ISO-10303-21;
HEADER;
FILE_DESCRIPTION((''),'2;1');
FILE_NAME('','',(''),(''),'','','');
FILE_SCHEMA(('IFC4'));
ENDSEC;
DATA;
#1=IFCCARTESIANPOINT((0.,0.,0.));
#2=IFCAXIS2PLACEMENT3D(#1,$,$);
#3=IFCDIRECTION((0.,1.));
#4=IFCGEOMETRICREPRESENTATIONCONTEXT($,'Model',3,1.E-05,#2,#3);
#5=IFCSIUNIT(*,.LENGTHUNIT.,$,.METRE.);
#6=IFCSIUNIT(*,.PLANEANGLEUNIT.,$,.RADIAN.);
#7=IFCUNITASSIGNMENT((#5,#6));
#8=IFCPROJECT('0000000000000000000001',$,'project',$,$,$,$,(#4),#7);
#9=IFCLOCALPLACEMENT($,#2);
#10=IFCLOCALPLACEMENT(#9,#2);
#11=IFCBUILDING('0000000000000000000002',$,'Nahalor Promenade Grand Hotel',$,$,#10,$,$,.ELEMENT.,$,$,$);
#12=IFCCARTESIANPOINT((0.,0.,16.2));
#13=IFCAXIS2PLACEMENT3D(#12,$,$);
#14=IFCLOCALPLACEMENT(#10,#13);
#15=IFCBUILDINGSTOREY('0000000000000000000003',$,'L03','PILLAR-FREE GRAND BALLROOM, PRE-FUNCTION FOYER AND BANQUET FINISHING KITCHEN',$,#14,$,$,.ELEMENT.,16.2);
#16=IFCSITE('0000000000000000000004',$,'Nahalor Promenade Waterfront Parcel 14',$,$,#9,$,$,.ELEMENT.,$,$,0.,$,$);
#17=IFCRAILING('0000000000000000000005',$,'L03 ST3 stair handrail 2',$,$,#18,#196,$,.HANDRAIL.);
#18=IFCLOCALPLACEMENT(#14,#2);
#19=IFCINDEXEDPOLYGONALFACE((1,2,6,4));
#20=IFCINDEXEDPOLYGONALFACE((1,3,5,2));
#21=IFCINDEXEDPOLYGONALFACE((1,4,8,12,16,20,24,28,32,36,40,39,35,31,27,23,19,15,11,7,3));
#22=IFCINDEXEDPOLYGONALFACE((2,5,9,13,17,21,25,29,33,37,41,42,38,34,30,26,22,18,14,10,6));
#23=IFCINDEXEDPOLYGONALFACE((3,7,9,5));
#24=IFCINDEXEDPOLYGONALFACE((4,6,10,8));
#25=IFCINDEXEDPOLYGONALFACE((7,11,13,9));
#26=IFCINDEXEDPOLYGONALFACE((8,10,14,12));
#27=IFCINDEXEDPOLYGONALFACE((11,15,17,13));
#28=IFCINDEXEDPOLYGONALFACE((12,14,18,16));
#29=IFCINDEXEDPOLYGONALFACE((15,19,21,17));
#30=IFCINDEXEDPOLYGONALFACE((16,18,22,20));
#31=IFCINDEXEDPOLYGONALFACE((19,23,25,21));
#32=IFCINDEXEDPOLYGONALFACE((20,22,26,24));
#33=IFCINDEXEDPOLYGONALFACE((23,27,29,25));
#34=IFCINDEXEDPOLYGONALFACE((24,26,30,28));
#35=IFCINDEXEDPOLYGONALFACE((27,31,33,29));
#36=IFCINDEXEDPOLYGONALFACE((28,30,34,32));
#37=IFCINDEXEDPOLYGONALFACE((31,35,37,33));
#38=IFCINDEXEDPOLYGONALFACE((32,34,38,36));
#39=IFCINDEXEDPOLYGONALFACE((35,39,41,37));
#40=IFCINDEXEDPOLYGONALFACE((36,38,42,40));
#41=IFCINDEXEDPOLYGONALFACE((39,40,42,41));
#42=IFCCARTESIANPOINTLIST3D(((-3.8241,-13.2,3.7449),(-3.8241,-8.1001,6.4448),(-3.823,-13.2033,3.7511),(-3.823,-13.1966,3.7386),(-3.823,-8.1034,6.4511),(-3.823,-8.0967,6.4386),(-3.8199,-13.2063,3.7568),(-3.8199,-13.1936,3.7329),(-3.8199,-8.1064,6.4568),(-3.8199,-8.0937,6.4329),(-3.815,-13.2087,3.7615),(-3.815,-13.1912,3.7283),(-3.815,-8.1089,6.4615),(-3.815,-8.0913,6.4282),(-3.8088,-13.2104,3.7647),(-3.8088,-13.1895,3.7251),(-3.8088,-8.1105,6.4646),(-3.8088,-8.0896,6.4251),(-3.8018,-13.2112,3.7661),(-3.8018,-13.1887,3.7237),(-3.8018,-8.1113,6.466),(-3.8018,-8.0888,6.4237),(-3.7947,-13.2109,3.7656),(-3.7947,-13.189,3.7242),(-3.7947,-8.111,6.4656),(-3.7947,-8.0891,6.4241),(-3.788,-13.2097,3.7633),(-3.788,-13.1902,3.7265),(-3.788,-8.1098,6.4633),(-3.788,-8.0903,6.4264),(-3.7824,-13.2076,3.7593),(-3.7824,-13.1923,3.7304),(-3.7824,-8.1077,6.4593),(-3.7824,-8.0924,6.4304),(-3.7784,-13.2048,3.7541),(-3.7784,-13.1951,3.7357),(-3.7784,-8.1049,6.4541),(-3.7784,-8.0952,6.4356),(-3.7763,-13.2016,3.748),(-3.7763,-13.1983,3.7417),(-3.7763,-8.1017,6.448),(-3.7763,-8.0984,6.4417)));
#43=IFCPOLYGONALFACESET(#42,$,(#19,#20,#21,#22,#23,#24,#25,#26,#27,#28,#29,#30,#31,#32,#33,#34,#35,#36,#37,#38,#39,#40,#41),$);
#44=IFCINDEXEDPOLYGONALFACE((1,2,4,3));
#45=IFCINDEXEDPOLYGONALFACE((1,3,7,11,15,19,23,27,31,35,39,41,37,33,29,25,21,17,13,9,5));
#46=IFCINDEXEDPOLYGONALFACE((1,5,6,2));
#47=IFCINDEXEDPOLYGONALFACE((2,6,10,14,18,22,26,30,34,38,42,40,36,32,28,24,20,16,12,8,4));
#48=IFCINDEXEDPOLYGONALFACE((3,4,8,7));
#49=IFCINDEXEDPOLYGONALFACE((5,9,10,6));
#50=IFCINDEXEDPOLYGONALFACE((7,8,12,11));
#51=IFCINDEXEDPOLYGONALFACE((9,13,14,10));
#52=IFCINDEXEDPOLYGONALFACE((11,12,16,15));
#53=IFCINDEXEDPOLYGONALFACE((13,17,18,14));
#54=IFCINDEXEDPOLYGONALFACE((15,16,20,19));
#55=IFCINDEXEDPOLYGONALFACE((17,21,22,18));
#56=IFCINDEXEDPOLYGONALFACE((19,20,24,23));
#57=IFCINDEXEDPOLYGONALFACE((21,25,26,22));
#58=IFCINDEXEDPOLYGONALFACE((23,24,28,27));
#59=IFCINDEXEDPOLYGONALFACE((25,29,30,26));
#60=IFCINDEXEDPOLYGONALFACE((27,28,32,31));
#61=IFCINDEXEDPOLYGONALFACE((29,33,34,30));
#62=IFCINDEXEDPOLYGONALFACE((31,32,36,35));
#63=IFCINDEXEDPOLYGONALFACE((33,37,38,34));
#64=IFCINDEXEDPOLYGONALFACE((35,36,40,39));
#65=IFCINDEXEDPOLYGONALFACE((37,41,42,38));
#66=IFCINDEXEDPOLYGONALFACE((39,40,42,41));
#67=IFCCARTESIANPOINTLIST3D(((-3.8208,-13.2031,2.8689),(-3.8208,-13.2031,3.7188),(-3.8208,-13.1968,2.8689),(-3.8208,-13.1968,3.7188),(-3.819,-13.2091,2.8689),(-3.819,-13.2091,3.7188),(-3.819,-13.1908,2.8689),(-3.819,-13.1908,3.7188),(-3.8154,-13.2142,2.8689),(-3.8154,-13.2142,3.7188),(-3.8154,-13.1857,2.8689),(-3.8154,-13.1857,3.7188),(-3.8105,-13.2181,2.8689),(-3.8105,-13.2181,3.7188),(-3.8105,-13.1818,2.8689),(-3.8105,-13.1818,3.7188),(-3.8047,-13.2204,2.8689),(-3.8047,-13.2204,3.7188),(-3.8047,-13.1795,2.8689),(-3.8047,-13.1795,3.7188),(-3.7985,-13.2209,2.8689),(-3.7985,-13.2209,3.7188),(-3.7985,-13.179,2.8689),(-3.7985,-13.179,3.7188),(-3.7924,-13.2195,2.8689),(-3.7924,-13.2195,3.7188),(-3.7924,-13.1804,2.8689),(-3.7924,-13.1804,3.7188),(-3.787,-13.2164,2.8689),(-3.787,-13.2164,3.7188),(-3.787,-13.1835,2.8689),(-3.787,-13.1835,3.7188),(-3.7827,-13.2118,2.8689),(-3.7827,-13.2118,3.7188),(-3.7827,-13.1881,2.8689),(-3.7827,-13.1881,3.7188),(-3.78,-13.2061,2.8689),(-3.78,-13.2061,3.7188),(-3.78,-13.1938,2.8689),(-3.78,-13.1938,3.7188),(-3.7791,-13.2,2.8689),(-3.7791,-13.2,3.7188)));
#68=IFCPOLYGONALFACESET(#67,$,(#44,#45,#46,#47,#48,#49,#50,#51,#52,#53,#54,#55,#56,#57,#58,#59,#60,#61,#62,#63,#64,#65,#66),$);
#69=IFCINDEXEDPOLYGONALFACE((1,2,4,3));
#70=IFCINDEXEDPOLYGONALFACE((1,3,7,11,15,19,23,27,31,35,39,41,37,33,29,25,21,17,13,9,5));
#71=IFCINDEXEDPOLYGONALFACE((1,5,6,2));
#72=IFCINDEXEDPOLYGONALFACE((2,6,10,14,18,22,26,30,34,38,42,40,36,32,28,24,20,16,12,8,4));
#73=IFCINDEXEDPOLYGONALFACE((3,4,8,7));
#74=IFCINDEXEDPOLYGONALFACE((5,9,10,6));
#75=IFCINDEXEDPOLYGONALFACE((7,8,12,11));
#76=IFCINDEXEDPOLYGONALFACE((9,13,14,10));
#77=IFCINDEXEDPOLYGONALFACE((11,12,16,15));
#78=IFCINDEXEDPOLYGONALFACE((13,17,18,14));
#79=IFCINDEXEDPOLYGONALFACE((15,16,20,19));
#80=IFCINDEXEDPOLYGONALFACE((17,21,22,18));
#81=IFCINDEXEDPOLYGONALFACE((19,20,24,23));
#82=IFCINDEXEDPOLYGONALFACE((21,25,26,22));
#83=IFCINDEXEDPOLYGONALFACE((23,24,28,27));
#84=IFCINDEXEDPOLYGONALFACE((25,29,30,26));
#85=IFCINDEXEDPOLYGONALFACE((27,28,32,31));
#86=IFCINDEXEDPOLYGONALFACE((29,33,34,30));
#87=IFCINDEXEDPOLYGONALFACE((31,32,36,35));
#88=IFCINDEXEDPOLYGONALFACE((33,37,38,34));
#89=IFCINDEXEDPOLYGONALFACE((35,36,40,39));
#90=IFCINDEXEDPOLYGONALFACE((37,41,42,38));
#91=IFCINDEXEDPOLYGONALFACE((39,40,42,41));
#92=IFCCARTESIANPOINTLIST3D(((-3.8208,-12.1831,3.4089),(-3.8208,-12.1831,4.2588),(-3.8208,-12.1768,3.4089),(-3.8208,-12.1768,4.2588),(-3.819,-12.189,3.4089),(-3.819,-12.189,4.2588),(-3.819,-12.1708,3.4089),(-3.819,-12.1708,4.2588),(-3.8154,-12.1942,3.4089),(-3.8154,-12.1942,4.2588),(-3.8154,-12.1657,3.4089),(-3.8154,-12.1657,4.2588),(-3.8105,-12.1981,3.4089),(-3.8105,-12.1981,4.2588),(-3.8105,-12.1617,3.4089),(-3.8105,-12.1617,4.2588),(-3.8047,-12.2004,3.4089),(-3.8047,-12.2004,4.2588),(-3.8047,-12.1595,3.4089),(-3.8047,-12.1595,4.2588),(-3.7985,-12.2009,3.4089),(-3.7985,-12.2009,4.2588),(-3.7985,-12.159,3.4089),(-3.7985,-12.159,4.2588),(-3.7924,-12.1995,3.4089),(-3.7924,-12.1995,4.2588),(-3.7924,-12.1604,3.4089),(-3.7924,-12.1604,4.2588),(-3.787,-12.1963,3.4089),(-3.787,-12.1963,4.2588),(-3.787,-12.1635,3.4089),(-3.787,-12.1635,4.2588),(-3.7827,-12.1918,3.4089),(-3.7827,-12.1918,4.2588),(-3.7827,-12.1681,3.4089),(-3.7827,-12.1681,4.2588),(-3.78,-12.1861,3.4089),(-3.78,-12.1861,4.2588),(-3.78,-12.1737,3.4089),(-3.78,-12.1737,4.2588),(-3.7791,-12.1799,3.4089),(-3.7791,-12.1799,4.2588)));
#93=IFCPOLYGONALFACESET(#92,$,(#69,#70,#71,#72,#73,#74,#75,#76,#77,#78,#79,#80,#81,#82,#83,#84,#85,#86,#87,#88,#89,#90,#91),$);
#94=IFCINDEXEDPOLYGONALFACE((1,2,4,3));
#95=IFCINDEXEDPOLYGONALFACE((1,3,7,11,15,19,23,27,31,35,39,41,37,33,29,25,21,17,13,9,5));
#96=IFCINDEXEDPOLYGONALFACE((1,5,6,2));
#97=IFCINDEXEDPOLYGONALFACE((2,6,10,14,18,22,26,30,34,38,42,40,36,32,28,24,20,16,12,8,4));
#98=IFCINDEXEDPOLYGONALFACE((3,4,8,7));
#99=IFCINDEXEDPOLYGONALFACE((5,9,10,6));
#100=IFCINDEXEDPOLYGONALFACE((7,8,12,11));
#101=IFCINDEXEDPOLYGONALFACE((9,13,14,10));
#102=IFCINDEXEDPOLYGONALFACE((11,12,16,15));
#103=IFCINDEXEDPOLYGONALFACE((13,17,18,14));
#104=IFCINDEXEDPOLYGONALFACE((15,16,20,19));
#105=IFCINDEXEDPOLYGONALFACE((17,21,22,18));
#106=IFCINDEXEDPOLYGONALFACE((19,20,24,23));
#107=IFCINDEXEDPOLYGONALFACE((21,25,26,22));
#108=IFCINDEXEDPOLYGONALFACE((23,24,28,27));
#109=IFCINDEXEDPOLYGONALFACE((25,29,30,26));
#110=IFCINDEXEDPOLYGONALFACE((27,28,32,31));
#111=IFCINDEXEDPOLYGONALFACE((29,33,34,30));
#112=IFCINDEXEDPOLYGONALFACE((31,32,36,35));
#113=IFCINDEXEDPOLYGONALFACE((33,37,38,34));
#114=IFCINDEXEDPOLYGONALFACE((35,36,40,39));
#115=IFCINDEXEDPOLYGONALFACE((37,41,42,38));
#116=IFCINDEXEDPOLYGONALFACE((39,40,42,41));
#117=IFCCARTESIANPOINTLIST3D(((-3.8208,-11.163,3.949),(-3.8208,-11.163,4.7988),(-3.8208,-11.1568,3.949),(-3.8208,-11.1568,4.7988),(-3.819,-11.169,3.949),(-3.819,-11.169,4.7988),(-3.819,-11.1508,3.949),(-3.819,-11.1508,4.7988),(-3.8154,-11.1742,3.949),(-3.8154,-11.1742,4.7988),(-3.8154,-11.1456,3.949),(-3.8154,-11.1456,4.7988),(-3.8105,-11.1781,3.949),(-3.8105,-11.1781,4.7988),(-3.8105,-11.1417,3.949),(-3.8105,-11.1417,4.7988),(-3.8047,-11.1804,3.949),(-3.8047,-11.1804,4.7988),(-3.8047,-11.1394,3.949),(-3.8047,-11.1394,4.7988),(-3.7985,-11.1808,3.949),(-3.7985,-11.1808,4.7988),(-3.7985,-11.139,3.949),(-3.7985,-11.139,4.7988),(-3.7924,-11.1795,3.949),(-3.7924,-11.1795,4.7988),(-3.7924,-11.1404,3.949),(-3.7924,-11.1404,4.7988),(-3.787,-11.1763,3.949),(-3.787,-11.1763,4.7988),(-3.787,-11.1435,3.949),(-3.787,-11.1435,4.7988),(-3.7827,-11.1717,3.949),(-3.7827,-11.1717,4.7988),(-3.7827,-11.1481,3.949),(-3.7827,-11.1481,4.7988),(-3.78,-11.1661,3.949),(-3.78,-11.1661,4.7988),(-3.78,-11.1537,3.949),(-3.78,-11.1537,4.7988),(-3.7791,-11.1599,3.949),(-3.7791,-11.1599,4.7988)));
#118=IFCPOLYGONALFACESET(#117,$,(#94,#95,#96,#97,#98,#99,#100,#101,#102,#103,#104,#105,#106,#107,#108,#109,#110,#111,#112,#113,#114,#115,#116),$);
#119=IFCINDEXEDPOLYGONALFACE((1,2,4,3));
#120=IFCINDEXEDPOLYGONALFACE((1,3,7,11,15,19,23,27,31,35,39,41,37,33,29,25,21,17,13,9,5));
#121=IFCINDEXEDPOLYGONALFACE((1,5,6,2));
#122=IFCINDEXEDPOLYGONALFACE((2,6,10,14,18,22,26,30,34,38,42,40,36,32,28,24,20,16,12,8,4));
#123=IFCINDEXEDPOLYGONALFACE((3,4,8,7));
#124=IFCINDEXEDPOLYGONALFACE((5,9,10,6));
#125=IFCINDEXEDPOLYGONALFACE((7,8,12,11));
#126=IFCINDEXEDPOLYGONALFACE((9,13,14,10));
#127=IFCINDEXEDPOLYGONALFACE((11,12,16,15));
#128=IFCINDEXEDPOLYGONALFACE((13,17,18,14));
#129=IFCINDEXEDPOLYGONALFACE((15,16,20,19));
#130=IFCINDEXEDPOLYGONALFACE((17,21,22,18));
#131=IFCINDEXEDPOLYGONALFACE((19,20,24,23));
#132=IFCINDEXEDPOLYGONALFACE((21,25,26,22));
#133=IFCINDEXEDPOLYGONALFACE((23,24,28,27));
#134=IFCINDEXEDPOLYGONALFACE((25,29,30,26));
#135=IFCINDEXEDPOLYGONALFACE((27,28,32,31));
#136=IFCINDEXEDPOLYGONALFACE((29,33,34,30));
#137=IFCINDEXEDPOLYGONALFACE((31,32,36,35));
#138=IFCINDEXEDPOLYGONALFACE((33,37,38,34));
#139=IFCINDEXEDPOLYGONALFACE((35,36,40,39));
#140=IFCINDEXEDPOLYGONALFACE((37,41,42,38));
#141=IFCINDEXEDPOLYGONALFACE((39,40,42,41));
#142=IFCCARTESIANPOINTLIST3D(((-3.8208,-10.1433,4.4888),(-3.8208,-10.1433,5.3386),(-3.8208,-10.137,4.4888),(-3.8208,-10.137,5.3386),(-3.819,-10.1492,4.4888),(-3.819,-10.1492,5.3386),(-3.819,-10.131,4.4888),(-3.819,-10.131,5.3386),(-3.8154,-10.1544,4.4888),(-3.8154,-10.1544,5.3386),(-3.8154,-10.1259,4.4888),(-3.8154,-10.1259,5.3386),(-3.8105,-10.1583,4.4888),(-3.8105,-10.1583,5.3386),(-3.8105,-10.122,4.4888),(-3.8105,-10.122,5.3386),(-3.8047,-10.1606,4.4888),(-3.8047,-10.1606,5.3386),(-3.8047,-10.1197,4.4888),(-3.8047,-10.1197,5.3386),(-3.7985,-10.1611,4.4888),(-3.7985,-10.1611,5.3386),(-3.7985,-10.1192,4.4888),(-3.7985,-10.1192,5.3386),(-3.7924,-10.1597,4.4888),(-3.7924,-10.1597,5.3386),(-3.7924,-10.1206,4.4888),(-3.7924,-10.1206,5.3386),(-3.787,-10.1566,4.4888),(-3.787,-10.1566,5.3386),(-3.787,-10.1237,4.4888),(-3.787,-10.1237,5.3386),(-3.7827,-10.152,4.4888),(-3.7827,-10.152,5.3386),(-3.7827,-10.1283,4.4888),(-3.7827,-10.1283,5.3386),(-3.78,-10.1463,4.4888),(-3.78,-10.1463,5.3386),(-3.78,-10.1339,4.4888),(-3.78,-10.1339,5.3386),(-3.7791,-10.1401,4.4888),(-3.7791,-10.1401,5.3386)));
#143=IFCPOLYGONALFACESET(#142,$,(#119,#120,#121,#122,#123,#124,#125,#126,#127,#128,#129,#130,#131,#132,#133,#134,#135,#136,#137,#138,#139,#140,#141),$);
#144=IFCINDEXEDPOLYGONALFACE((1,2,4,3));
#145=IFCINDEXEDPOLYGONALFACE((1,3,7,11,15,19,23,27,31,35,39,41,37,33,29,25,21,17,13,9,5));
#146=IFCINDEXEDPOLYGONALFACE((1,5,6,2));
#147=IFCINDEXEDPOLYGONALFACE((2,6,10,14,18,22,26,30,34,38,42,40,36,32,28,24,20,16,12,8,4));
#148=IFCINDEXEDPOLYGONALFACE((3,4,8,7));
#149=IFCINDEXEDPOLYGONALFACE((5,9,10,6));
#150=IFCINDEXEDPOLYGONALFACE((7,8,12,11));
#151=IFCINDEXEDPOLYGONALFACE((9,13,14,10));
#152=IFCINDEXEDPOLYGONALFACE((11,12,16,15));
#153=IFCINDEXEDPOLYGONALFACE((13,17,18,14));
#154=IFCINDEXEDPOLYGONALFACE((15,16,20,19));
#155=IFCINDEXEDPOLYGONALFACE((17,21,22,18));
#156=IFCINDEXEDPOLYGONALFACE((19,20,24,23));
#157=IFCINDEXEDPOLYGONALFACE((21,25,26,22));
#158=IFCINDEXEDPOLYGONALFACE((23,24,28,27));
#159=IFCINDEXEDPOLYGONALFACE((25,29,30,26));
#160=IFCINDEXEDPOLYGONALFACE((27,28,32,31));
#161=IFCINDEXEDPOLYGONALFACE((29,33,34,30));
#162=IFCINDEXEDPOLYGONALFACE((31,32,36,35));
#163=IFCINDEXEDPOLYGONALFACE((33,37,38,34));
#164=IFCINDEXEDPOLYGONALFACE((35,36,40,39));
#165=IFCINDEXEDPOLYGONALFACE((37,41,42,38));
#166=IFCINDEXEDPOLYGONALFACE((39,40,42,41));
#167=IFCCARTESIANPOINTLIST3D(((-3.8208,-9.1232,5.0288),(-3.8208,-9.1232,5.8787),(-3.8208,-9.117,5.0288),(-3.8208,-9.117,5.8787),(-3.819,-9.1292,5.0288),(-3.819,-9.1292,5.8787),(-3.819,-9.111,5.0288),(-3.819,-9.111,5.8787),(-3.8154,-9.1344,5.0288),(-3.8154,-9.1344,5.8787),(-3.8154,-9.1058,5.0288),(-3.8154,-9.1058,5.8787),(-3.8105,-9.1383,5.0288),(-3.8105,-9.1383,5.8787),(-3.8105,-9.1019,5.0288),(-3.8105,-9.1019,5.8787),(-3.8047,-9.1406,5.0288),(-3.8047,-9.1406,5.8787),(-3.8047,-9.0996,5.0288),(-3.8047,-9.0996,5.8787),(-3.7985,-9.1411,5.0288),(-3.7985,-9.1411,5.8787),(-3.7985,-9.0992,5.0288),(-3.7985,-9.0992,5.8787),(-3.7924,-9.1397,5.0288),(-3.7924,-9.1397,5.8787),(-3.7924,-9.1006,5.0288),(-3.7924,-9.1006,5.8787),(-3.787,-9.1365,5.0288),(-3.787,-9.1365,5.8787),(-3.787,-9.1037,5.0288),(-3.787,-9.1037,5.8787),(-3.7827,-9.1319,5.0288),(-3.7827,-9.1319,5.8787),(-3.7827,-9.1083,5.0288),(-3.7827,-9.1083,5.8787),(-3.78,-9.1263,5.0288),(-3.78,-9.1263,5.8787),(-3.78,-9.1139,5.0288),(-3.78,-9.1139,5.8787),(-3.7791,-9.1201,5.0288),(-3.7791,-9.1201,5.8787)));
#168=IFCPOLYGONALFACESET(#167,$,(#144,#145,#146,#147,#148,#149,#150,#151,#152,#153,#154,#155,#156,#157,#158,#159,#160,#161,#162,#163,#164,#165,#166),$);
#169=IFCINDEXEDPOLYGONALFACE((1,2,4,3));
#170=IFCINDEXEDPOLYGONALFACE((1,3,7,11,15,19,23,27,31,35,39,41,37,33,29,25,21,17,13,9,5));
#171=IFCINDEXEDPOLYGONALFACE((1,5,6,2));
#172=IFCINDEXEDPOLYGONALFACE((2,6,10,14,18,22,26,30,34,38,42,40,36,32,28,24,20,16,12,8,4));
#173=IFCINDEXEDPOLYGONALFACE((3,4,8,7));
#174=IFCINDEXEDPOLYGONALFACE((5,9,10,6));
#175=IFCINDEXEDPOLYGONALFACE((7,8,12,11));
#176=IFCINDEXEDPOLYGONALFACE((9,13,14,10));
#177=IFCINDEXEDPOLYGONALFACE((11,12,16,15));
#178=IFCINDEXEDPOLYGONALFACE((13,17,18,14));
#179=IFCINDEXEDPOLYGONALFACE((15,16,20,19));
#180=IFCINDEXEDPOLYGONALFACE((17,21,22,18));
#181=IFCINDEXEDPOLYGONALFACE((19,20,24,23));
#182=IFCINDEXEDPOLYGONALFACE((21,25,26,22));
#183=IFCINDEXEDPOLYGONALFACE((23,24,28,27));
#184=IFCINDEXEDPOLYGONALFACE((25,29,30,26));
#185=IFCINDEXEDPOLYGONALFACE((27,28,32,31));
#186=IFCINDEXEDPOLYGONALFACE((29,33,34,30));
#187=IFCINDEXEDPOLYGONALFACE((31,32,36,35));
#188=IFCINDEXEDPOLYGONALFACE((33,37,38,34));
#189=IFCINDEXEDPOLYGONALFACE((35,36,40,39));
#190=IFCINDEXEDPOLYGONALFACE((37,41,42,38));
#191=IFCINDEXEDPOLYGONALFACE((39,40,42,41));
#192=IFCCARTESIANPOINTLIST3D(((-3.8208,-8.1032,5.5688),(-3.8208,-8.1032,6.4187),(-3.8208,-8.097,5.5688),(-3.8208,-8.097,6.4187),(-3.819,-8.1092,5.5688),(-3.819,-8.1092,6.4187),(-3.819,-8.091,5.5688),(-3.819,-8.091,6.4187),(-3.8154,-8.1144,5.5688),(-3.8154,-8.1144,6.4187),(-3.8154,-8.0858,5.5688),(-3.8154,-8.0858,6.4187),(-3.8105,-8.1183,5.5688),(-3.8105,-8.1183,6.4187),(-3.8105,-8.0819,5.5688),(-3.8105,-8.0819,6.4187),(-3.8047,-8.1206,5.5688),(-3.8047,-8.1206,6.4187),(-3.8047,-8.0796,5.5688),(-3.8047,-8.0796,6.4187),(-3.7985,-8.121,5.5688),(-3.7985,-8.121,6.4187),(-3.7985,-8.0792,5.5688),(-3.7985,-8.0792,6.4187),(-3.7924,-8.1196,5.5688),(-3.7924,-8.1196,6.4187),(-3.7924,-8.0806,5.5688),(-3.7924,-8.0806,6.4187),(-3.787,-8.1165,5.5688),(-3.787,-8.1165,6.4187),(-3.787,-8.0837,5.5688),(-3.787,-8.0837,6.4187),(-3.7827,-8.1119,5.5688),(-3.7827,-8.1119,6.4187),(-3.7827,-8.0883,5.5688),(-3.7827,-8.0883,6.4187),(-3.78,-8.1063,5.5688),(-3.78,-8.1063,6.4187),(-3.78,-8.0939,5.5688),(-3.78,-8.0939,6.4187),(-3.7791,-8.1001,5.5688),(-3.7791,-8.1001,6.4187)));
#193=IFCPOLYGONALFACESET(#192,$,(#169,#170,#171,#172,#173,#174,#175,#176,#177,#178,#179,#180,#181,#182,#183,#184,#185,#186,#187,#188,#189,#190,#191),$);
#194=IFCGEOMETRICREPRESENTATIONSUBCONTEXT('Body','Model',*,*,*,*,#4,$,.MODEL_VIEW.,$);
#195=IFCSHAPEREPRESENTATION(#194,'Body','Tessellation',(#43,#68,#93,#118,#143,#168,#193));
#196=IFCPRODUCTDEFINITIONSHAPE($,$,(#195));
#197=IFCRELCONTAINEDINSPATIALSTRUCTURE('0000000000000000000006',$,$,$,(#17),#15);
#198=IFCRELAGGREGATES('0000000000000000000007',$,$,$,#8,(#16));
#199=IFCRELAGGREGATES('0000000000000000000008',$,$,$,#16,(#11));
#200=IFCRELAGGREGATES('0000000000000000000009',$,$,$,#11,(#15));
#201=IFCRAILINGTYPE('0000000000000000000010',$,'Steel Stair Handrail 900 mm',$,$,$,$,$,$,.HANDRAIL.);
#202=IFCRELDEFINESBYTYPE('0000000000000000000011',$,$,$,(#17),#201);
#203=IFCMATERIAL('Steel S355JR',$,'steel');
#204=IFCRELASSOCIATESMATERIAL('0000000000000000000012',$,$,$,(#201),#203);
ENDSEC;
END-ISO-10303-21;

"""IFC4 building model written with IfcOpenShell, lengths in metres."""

from ifc_helpers import new_model, si_unit, direction, frame, origin, origin_2d, place, context, subcontext, project, spatial, circle, extrude, material, type_object, element, save


model = new_model("IFC4")

# Units and contexts
model_context = context("Model", 3, precision=1e-05, world=origin(), true_north=direction((0.0, 1.0)))
body_context = subcontext(model_context, "Body", "Model", "MODEL_VIEW")
ifc_project = project(units=[si_unit("LENGTHUNIT", "METRE"), si_unit("PLANEANGLEUNIT", "RADIAN")], contexts=[model_context])

# Site, building, storey
site_placement = place(None, origin())
site = spatial("IfcSite", under=ifc_project, at=site_placement, Name="Nahalor Promenade Waterfront Parcel 14", CompositionType="ELEMENT", RefElevation=0.0)
building_placement = place(site_placement, origin())
building = spatial("IfcBuilding", under=site, at=building_placement, Name="Nahalor Promenade Grand Hotel", CompositionType="ELEMENT")
storey_placement = place(building_placement, frame((0.0, 0.0, 16.2)))
storey = spatial("IfcBuildingStorey", under=building, at=storey_placement, Name="L03", Description="PILLAR-FREE GRAND BALLROOM, PRE-FUNCTION FOYER AND BANQUET FINISHING KITCHEN", CompositionType="ELEMENT", Elevation=16.2)

# Shared definitions
ifc_material_1 = material(Name="Steel S355JR", Category="steel")

# Railing
railing_type_1 = type_object("IfcRailingType", Name="Steel Stair Handrail 900 mm", PredefinedType="HANDRAIL", material=ifc_material_1)
railing_1_placement = place(storey_placement, frame((-3.8, -13.2, 2.8689)))
element("IfcRailing", 1, at=railing_1_placement, inside=storey, type_object=railing_type_1, Name="L03 ST3 stair handrail 2", PredefinedType="HANDRAIL", context=body_context, shape_type="SweptSolid", body=[
    extrude(circle(Radius=0.024, at=origin_2d()), frame((0.0, 0.0, 0.876), z_axis=(0.0, 0.883786, 0.467892), x_axis=(-1.0, 0.0, 0.0)), (0.0, 0.0, 1.0), 5.7705),
    extrude(circle(Radius=0.021, at=origin_2d()), origin(), (0.0, 0.0, 1.0), 0.8499),
    extrude(circle(Radius=0.021, at=origin_2d()), frame((0.0, 1.02, 0.54)), (0.0, 0.0, 1.0), 0.8499),
    extrude(circle(Radius=0.021, at=origin_2d()), frame((0.0, 2.04, 1.0801)), (0.0, 0.0, 1.0), 0.8499),
    extrude(circle(Radius=0.021, at=origin_2d()), frame((0.0, 3.0598, 1.6199)), (0.0, 0.0, 1.0), 0.8499),
    extrude(circle(Radius=0.021, at=origin_2d()), frame((0.0, 4.0798, 2.1599)), (0.0, 0.0, 1.0), 0.8499),
    extrude(circle(Radius=0.021, at=origin_2d()), frame((0.0, 5.0999, 2.7)), (0.0, 0.0, 1.0), 0.8499),
])

save(model, "model.ifc")
